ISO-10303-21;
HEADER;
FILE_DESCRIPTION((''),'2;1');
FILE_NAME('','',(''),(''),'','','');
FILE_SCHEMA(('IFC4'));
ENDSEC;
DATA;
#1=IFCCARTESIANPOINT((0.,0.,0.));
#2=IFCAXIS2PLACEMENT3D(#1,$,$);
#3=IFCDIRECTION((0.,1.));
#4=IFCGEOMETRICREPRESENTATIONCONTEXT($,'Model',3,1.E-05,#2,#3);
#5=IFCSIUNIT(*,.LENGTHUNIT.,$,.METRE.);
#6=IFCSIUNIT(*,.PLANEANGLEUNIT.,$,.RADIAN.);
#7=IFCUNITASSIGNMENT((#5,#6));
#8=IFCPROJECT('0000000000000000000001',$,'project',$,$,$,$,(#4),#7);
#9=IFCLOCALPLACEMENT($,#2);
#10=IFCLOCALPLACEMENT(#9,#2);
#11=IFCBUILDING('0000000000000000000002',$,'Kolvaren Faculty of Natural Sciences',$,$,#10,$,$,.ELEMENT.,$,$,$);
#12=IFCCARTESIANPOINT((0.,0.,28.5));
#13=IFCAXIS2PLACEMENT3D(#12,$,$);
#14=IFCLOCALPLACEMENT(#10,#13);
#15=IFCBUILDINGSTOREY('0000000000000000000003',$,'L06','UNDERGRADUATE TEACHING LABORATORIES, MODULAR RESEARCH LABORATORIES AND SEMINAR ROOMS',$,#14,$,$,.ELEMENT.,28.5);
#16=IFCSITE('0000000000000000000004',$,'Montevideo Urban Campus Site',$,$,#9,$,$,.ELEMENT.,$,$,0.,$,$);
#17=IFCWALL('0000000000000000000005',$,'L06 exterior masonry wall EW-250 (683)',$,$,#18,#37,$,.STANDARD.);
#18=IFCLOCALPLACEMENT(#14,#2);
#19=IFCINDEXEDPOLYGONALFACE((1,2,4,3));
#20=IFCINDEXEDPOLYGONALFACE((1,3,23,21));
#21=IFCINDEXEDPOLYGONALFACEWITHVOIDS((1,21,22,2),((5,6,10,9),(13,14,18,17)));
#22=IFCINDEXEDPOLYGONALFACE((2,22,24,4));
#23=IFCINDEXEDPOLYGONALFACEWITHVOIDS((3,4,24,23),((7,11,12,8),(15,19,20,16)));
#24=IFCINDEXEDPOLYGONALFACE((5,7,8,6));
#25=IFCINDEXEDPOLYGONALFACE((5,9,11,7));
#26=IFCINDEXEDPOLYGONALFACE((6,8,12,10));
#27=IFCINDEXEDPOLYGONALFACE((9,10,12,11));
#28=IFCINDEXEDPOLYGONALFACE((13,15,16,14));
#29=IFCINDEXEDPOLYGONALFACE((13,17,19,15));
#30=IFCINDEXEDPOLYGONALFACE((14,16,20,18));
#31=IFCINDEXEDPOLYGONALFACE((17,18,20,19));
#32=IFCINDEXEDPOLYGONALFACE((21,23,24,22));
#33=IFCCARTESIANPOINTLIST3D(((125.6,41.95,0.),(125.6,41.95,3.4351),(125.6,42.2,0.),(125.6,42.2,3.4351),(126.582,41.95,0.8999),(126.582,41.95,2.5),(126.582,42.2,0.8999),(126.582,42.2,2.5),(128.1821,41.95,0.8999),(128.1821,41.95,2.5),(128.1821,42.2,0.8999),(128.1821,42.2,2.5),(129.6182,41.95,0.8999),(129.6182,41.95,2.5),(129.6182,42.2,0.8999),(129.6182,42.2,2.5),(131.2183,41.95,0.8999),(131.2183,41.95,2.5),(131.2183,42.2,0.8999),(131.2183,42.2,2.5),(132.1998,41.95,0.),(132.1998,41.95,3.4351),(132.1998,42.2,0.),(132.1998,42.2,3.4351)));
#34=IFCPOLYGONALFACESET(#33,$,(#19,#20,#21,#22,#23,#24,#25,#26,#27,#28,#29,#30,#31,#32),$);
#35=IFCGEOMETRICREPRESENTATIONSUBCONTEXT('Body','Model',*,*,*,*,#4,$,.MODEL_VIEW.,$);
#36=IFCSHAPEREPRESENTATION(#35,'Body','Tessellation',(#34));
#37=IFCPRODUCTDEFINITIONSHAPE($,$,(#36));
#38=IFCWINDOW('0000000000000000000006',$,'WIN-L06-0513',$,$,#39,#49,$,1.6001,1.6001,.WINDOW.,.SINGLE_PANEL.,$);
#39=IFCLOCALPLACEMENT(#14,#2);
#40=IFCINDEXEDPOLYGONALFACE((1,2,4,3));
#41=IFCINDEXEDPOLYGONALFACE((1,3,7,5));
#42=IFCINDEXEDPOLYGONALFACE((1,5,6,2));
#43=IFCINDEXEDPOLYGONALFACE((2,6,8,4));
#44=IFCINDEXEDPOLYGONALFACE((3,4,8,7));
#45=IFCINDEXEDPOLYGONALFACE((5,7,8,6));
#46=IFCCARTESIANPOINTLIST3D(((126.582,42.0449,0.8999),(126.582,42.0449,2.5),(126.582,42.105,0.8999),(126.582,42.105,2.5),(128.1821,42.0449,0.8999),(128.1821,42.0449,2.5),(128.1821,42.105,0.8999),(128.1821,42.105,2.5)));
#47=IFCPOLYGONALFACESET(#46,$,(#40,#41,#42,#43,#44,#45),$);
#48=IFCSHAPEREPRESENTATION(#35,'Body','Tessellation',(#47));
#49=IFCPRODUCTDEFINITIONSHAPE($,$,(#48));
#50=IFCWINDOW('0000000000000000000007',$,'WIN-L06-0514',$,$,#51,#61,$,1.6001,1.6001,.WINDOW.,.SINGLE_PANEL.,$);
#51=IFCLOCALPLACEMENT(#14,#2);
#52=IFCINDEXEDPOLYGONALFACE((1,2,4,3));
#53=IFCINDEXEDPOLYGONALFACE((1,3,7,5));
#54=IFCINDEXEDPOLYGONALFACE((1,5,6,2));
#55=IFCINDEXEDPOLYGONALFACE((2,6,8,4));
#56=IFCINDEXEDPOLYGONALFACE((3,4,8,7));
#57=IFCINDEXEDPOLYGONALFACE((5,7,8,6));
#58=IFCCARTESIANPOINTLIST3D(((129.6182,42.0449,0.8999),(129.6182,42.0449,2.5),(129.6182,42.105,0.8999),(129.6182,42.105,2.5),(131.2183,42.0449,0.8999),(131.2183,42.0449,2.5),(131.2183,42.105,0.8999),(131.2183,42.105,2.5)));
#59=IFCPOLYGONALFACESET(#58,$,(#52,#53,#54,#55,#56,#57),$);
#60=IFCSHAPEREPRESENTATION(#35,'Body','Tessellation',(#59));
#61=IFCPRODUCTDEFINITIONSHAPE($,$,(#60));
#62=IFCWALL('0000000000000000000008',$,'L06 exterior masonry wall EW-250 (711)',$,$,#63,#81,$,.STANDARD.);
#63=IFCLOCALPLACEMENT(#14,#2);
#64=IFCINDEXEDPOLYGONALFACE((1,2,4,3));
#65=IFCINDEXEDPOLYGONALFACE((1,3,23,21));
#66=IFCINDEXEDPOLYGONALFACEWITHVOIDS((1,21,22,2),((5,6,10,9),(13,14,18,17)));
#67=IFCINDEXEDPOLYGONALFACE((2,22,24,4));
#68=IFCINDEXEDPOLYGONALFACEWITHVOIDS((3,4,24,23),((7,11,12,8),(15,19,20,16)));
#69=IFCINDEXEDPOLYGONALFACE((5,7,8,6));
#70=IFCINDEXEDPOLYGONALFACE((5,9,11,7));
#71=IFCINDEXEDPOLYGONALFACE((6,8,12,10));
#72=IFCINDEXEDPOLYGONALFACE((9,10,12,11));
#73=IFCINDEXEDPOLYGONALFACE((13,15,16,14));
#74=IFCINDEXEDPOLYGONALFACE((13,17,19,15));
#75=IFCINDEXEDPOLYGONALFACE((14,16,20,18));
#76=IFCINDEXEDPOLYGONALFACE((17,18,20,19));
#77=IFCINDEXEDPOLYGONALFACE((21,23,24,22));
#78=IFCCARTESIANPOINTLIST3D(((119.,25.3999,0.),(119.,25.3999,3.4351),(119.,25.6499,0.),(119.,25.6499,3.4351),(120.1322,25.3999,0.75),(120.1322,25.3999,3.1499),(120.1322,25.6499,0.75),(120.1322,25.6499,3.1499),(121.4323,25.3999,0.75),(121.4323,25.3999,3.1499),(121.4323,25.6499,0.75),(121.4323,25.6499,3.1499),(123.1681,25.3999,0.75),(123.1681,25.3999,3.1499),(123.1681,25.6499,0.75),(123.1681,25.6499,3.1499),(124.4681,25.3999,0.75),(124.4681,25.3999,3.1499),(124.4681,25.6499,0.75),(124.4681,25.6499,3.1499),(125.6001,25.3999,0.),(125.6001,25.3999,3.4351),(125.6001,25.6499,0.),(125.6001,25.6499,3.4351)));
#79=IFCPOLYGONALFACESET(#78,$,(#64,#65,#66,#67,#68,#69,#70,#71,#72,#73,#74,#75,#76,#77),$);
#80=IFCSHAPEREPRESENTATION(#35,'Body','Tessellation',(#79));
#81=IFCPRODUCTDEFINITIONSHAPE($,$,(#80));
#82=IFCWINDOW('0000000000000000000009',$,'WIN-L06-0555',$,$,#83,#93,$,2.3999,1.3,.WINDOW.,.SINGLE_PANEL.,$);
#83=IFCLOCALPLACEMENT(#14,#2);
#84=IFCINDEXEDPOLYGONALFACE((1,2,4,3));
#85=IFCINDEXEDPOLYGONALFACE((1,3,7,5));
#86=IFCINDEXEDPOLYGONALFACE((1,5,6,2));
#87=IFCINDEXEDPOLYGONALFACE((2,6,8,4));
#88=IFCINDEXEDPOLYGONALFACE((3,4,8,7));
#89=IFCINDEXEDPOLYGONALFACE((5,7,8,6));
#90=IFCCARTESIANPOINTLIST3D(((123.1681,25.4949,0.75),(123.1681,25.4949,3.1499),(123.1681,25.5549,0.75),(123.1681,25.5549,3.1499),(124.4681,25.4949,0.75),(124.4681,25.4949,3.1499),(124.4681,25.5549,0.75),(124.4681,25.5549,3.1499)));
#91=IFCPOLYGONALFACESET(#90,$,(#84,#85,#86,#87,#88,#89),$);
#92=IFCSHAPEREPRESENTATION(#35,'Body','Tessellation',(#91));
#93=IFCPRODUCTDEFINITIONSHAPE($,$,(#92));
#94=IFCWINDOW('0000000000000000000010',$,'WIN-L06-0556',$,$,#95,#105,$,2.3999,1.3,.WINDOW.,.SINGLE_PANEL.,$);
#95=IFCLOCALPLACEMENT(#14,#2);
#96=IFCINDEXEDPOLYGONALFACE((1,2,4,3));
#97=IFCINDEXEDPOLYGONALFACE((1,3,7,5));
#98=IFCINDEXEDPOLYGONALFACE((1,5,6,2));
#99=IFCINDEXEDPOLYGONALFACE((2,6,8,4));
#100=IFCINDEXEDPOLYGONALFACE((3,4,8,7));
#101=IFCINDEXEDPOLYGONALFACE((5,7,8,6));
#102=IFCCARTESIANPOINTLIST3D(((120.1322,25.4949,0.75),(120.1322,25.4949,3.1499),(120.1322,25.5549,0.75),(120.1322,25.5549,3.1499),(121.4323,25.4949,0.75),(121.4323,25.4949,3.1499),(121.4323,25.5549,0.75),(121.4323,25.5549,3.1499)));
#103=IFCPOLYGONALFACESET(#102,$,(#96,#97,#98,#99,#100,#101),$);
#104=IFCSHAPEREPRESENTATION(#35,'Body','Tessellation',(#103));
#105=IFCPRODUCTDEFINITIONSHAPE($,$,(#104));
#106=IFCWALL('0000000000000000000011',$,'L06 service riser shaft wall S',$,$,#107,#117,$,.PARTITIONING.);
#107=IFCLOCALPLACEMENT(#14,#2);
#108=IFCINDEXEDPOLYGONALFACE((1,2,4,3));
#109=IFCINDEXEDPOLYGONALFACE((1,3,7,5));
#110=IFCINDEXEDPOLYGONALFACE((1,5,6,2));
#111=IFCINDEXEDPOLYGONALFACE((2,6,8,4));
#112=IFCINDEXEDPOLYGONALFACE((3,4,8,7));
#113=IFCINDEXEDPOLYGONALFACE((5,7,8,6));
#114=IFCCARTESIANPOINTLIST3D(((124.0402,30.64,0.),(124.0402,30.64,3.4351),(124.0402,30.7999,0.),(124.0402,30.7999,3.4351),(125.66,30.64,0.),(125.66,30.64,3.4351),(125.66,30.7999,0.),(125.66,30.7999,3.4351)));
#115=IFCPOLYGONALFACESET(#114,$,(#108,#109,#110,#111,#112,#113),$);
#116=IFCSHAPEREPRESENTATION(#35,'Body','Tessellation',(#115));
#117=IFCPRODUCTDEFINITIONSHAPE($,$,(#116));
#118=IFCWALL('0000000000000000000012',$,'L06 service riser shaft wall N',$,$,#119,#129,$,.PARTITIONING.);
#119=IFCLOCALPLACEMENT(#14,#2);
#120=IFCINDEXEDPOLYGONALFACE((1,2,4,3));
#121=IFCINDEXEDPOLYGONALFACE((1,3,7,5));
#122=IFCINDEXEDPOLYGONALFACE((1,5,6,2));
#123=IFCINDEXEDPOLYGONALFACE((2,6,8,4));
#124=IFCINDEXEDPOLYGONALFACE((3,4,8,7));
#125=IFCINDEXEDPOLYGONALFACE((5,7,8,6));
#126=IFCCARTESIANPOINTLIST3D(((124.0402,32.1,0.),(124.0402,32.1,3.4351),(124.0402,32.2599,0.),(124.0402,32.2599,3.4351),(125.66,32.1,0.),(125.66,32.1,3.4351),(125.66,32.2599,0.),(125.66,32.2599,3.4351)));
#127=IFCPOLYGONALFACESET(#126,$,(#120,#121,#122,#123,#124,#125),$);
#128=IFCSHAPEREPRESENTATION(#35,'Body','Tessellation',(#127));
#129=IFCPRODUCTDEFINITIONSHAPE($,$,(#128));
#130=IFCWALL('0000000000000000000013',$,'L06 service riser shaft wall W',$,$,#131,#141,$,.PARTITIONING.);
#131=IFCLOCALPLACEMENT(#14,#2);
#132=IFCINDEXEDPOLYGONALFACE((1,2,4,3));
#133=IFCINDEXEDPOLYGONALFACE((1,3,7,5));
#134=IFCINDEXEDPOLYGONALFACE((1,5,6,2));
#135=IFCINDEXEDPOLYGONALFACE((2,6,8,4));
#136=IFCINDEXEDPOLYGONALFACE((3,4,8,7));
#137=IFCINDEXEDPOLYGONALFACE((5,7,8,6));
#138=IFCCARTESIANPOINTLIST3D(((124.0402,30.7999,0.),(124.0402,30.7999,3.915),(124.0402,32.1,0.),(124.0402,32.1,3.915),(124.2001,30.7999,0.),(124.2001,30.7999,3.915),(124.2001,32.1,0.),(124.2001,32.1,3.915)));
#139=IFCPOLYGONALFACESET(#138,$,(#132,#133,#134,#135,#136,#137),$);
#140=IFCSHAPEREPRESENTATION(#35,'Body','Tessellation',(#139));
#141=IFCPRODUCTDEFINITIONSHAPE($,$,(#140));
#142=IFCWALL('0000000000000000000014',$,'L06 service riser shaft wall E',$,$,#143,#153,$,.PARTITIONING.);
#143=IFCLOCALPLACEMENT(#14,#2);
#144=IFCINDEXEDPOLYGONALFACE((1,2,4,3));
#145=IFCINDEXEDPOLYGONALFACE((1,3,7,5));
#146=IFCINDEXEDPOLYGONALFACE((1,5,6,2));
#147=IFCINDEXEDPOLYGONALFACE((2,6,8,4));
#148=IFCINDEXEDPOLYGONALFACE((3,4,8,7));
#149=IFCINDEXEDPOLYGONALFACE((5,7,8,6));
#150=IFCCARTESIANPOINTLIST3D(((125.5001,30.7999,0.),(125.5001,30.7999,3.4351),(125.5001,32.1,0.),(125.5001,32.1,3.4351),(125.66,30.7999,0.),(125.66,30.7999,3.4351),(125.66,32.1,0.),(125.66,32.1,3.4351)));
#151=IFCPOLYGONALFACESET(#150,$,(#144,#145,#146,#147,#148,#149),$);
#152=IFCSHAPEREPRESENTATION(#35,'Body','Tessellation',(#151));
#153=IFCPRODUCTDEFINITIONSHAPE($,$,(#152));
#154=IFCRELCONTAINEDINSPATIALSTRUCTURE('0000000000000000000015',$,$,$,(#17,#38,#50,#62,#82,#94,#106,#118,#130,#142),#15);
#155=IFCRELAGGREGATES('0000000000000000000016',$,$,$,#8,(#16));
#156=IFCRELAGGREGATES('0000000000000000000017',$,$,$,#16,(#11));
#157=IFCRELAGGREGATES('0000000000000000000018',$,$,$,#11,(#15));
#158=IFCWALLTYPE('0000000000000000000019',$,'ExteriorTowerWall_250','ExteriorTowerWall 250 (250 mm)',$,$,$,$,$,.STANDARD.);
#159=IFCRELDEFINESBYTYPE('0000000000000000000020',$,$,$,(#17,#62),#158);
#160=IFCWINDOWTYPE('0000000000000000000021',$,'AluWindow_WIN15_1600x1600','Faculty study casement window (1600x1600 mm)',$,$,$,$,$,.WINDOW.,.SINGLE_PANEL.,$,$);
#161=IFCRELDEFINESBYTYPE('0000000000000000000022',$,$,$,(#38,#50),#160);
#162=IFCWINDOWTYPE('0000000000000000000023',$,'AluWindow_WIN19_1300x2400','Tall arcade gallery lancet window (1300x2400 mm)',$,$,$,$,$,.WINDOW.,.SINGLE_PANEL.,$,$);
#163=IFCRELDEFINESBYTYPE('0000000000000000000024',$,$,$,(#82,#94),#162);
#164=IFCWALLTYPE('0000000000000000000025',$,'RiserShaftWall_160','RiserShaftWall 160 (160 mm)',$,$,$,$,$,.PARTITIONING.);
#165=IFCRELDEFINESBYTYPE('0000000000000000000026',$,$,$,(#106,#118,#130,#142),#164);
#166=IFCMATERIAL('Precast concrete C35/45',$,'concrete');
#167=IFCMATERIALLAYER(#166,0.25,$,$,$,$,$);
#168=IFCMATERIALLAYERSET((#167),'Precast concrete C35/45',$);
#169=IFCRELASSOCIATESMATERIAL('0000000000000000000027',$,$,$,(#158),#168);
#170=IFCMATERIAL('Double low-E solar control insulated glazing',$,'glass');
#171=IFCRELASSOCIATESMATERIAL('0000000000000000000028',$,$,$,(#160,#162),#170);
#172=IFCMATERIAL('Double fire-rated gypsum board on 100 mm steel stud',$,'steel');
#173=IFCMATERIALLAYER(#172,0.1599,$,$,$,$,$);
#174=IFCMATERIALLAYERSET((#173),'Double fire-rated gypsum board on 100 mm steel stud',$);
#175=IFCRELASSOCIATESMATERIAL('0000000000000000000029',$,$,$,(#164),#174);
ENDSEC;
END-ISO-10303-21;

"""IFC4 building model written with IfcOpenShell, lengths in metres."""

from ifc_helpers import new_model, si_unit, direction, frame, frame_2d, origin, place, context, subcontext, project, spatial, rectangle, extrude, material, layer, layer_set, type_object, element, fill, save


model = new_model("IFC4")

# Units and contexts
model_context = context("Model", 3, precision=1e-05, world=origin(), true_north=direction((0.0, 1.0)))
body_context = subcontext(model_context, "Body", "Model", "MODEL_VIEW")
ifc_project = project(units=[si_unit("LENGTHUNIT", "METRE"), si_unit("PLANEANGLEUNIT", "RADIAN")], contexts=[model_context])

# Site, building, storey
site_placement = place(None, origin())
site = spatial("IfcSite", under=ifc_project, at=site_placement, Name="Montevideo Urban Campus Site", CompositionType="ELEMENT", RefElevation=0.0)
building_placement = place(site_placement, origin())
building = spatial("IfcBuilding", under=site, at=building_placement, Name="Kolvaren Faculty of Natural Sciences", CompositionType="ELEMENT")
storey_placement = place(building_placement, frame((0.0, 0.0, 28.5)))
storey = spatial("IfcBuildingStorey", under=building, at=storey_placement, Name="L06", Description="UNDERGRADUATE TEACHING LABORATORIES, MODULAR RESEARCH LABORATORIES AND SEMINAR ROOMS", CompositionType="ELEMENT", Elevation=28.5)

# Walls, openings, windows
ifc_material_1 = material(Name="Precast concrete C35/45", Category="concrete")
ifc_layer_1 = layer(ifc_material_1, 0.25)
ifc_layer_set_1 = layer_set([ifc_layer_1], Name="Precast concrete C35/45")
wall_type_1 = type_object("IfcWallType", Name="ExteriorTowerWall_250", Description="ExteriorTowerWall 250 (250 mm)", PredefinedType="STANDARD", material=ifc_layer_set_1)
ifc_material_2 = material(Name="Double low-E solar control insulated glazing", Category="glass")
wall_1_placement = place(storey_placement, frame((125.6001, 42.075, 0.0), z_axis=(0.0, 0.0, 1.0), x_axis=(1.0, 0.0, 0.0)))
wall_1 = element("IfcWall", 1, at=wall_1_placement, inside=storey, type_object=wall_type_1, Name="L06 exterior masonry wall EW-250 (683)", PredefinedType="STANDARD", context=body_context, shape_type="SweptSolid", body=[
    extrude(rectangle(XDim=6.5999, YDim=0.25, at=frame_2d((3.2998, 0.0))), origin(), (0.0, 0.0, 1.0), 3.4351),
])
opening_1_placement = place(wall_1_placement, frame((0.9819, 0.0, 0.8999)))
opening_1 = element("IfcOpeningElement", 2, at=opening_1_placement, cuts=wall_1, PredefinedType="OPENING", context=body_context, shape_type="SweptSolid", body=[
    extrude(rectangle(XDim=1.6001, YDim=1.6001, at=frame_2d((0.8, 0.8))), frame((0.0, 0.135, 0.0), z_axis=(0.0, -1.0, 0.0), x_axis=(1.0, 0.0, 0.0)), (0.0, 0.0, 1.0), 0.27),
])
opening_2_placement = place(wall_1_placement, frame((4.0181, 0.0, 0.8999)))
opening_2 = element("IfcOpeningElement", 3, at=opening_2_placement, cuts=wall_1, PredefinedType="OPENING", context=body_context, shape_type="SweptSolid", body=[
    extrude(rectangle(XDim=1.6001, YDim=1.6001, at=frame_2d((0.8, 0.8))), frame((0.0, 0.135, 0.0), z_axis=(0.0, -1.0, 0.0), x_axis=(1.0, 0.0, 0.0)), (0.0, 0.0, 1.0), 0.27),
])
window_type_1 = type_object("IfcWindowType", Name="AluWindow_WIN15_1600x1600", Description="Faculty study casement window (1600x1600 mm)", PartitioningType="SINGLE_PANEL", PredefinedType="WINDOW", material=ifc_material_2)
window_1_placement = place(opening_1_placement, origin())
window_1 = element("IfcWindow", 4, at=window_1_placement, inside=storey, type_object=window_type_1, Name="WIN-L06-0513", OverallHeight=1.6001, OverallWidth=1.6001, PartitioningType="SINGLE_PANEL", PredefinedType="WINDOW", context=body_context, shape_type="SweptSolid", body=[
    extrude(rectangle(XDim=1.6001, YDim=1.6001, at=frame_2d((0.8, 0.8))), frame((0.0, 0.03, 0.0), z_axis=(0.0, -1.0, 0.0), x_axis=(1.0, 0.0, 0.0)), (0.0, 0.0, 1.0), 0.0601),
])
fill(opening_1, window_1)
window_2_placement = place(opening_2_placement, origin())
window_2 = element("IfcWindow", 5, at=window_2_placement, inside=storey, type_object=window_type_1, Name="WIN-L06-0514", OverallHeight=1.6001, OverallWidth=1.6001, PartitioningType="SINGLE_PANEL", PredefinedType="WINDOW", context=body_context, shape_type="SweptSolid", body=[
    extrude(rectangle(XDim=1.6001, YDim=1.6001, at=frame_2d((0.8, 0.8))), frame((0.0, 0.03, 0.0), z_axis=(0.0, -1.0, 0.0), x_axis=(1.0, 0.0, 0.0)), (0.0, 0.0, 1.0), 0.0601),
])
fill(opening_2, window_2)
wall_2_placement = place(storey_placement, frame((125.6001, 25.5249, 0.0), z_axis=(0.0, 0.0, 1.0), x_axis=(-1.0, 0.0, 0.0)))
wall_2 = element("IfcWall", 6, at=wall_2_placement, inside=storey, type_object=wall_type_1, Name="L06 exterior masonry wall EW-250 (711)", PredefinedType="STANDARD", context=body_context, shape_type="SweptSolid", body=[
    extrude(rectangle(XDim=6.6001, YDim=0.25, at=frame_2d((3.3, 0.0))), origin(), (0.0, 0.0, 1.0), 3.4351),
])
opening_3_placement = place(wall_2_placement, frame((1.1321, 0.0, 0.75)))
opening_3 = element("IfcOpeningElement", 7, at=opening_3_placement, cuts=wall_2, PredefinedType="OPENING", context=body_context, shape_type="SweptSolid", body=[
    extrude(rectangle(XDim=1.3, YDim=2.3999, at=frame_2d((0.6499, 1.2))), frame((0.0, 0.135, 0.0), z_axis=(0.0, -1.0, 0.0), x_axis=(1.0, 0.0, 0.0)), (0.0, 0.0, 1.0), 0.27),
])
opening_4_placement = place(wall_2_placement, frame((4.168, 0.0, 0.75)))
opening_4 = element("IfcOpeningElement", 8, at=opening_4_placement, cuts=wall_2, PredefinedType="OPENING", context=body_context, shape_type="SweptSolid", body=[
    extrude(rectangle(XDim=1.3, YDim=2.3999, at=frame_2d((0.6499, 1.2))), frame((0.0, 0.135, 0.0), z_axis=(0.0, -1.0, 0.0), x_axis=(1.0, 0.0, 0.0)), (0.0, 0.0, 1.0), 0.27),
])
window_type_2 = type_object("IfcWindowType", Name="AluWindow_WIN19_1300x2400", Description="Tall arcade gallery lancet window (1300x2400 mm)", PartitioningType="SINGLE_PANEL", PredefinedType="WINDOW", material=ifc_material_2)
window_3_placement = place(opening_3_placement, origin())
window_3 = element("IfcWindow", 9, at=window_3_placement, inside=storey, type_object=window_type_2, Name="WIN-L06-0555", OverallHeight=2.3999, OverallWidth=1.3, PartitioningType="SINGLE_PANEL", PredefinedType="WINDOW", context=body_context, shape_type="SweptSolid", body=[
    extrude(rectangle(XDim=1.3, YDim=2.3999, at=frame_2d((0.6499, 1.2))), frame((0.0, 0.03, 0.0), z_axis=(0.0, -1.0, 0.0), x_axis=(1.0, 0.0, 0.0)), (0.0, 0.0, 1.0), 0.0601),
])
fill(opening_3, window_3)
window_4_placement = place(opening_4_placement, origin())
window_4 = element("IfcWindow", 10, at=window_4_placement, inside=storey, type_object=window_type_2, Name="WIN-L06-0556", OverallHeight=2.3999, OverallWidth=1.3, PartitioningType="SINGLE_PANEL", PredefinedType="WINDOW", context=body_context, shape_type="SweptSolid", body=[
    extrude(rectangle(XDim=1.3, YDim=2.3999, at=frame_2d((0.6499, 1.2))), frame((0.0, 0.03, 0.0), z_axis=(0.0, -1.0, 0.0), x_axis=(1.0, 0.0, 0.0)), (0.0, 0.0, 1.0), 0.0601),
])
fill(opening_4, window_4)

# Walls
ifc_material_3 = material(Name="Double fire-rated gypsum board on 100 mm steel stud", Category="steel")
ifc_layer_2 = layer(ifc_material_3, 0.1599)
ifc_layer_set_2 = layer_set([ifc_layer_2], Name="Double fire-rated gypsum board on 100 mm steel stud")
wall_type_2 = type_object("IfcWallType", Name="RiserShaftWall_160", Description="RiserShaftWall 160 (160 mm)", PredefinedType="PARTITIONING", material=ifc_layer_set_2)
for number, where, z_axis, x_axis, name in (
    (11, (124.04, 30.72, 0.0), (0.0, 0.0, 1.0), (1.0, 0.0, 0.0), "L06 service riser shaft wall S"),
    (12, (124.04, 32.1799, 0.0), (0.0, 0.0, 1.0), (1.0, 0.0, 0.0), "L06 service riser shaft wall N"),
):
    element("IfcWall", number, at=place(storey_placement, frame(where, z_axis=z_axis, x_axis=x_axis)), inside=storey, type_object=wall_type_2, Name=name, PredefinedType="PARTITIONING", context=body_context, shape_type="SweptSolid", body=[
        extrude(rectangle(XDim=1.6199, YDim=0.1599, at=frame_2d((0.8101, 0.0))), origin(), (0.0, 0.0, 1.0), 3.4351),
    ])
wall_3_placement = place(storey_placement, frame((124.1201, 30.8, 0.0), z_axis=(0.0, 0.0, 1.0), x_axis=(0.0, 1.0, 0.0)))
element("IfcWall", 13, at=wall_3_placement, inside=storey, type_object=wall_type_2, Name="L06 service riser shaft wall W", PredefinedType="PARTITIONING", context=body_context, shape_type="SweptSolid", body=[
    extrude(rectangle(XDim=1.3, YDim=0.1599, at=frame_2d((0.6499, 0.0))), origin(), (0.0, 0.0, 1.0), 3.915),
])
wall_4_placement = place(storey_placement, frame((125.5801, 30.8, 0.0), z_axis=(0.0, 0.0, 1.0), x_axis=(0.0, 1.0, 0.0)))
element("IfcWall", 14, at=wall_4_placement, inside=storey, type_object=wall_type_2, Name="L06 service riser shaft wall E", PredefinedType="PARTITIONING", context=body_context, shape_type="SweptSolid", body=[
    extrude(rectangle(XDim=1.3, YDim=0.1599, at=frame_2d((0.6499, 0.0))), origin(), (0.0, 0.0, 1.0), 3.4351),
])

save(model, "model.ifc")
